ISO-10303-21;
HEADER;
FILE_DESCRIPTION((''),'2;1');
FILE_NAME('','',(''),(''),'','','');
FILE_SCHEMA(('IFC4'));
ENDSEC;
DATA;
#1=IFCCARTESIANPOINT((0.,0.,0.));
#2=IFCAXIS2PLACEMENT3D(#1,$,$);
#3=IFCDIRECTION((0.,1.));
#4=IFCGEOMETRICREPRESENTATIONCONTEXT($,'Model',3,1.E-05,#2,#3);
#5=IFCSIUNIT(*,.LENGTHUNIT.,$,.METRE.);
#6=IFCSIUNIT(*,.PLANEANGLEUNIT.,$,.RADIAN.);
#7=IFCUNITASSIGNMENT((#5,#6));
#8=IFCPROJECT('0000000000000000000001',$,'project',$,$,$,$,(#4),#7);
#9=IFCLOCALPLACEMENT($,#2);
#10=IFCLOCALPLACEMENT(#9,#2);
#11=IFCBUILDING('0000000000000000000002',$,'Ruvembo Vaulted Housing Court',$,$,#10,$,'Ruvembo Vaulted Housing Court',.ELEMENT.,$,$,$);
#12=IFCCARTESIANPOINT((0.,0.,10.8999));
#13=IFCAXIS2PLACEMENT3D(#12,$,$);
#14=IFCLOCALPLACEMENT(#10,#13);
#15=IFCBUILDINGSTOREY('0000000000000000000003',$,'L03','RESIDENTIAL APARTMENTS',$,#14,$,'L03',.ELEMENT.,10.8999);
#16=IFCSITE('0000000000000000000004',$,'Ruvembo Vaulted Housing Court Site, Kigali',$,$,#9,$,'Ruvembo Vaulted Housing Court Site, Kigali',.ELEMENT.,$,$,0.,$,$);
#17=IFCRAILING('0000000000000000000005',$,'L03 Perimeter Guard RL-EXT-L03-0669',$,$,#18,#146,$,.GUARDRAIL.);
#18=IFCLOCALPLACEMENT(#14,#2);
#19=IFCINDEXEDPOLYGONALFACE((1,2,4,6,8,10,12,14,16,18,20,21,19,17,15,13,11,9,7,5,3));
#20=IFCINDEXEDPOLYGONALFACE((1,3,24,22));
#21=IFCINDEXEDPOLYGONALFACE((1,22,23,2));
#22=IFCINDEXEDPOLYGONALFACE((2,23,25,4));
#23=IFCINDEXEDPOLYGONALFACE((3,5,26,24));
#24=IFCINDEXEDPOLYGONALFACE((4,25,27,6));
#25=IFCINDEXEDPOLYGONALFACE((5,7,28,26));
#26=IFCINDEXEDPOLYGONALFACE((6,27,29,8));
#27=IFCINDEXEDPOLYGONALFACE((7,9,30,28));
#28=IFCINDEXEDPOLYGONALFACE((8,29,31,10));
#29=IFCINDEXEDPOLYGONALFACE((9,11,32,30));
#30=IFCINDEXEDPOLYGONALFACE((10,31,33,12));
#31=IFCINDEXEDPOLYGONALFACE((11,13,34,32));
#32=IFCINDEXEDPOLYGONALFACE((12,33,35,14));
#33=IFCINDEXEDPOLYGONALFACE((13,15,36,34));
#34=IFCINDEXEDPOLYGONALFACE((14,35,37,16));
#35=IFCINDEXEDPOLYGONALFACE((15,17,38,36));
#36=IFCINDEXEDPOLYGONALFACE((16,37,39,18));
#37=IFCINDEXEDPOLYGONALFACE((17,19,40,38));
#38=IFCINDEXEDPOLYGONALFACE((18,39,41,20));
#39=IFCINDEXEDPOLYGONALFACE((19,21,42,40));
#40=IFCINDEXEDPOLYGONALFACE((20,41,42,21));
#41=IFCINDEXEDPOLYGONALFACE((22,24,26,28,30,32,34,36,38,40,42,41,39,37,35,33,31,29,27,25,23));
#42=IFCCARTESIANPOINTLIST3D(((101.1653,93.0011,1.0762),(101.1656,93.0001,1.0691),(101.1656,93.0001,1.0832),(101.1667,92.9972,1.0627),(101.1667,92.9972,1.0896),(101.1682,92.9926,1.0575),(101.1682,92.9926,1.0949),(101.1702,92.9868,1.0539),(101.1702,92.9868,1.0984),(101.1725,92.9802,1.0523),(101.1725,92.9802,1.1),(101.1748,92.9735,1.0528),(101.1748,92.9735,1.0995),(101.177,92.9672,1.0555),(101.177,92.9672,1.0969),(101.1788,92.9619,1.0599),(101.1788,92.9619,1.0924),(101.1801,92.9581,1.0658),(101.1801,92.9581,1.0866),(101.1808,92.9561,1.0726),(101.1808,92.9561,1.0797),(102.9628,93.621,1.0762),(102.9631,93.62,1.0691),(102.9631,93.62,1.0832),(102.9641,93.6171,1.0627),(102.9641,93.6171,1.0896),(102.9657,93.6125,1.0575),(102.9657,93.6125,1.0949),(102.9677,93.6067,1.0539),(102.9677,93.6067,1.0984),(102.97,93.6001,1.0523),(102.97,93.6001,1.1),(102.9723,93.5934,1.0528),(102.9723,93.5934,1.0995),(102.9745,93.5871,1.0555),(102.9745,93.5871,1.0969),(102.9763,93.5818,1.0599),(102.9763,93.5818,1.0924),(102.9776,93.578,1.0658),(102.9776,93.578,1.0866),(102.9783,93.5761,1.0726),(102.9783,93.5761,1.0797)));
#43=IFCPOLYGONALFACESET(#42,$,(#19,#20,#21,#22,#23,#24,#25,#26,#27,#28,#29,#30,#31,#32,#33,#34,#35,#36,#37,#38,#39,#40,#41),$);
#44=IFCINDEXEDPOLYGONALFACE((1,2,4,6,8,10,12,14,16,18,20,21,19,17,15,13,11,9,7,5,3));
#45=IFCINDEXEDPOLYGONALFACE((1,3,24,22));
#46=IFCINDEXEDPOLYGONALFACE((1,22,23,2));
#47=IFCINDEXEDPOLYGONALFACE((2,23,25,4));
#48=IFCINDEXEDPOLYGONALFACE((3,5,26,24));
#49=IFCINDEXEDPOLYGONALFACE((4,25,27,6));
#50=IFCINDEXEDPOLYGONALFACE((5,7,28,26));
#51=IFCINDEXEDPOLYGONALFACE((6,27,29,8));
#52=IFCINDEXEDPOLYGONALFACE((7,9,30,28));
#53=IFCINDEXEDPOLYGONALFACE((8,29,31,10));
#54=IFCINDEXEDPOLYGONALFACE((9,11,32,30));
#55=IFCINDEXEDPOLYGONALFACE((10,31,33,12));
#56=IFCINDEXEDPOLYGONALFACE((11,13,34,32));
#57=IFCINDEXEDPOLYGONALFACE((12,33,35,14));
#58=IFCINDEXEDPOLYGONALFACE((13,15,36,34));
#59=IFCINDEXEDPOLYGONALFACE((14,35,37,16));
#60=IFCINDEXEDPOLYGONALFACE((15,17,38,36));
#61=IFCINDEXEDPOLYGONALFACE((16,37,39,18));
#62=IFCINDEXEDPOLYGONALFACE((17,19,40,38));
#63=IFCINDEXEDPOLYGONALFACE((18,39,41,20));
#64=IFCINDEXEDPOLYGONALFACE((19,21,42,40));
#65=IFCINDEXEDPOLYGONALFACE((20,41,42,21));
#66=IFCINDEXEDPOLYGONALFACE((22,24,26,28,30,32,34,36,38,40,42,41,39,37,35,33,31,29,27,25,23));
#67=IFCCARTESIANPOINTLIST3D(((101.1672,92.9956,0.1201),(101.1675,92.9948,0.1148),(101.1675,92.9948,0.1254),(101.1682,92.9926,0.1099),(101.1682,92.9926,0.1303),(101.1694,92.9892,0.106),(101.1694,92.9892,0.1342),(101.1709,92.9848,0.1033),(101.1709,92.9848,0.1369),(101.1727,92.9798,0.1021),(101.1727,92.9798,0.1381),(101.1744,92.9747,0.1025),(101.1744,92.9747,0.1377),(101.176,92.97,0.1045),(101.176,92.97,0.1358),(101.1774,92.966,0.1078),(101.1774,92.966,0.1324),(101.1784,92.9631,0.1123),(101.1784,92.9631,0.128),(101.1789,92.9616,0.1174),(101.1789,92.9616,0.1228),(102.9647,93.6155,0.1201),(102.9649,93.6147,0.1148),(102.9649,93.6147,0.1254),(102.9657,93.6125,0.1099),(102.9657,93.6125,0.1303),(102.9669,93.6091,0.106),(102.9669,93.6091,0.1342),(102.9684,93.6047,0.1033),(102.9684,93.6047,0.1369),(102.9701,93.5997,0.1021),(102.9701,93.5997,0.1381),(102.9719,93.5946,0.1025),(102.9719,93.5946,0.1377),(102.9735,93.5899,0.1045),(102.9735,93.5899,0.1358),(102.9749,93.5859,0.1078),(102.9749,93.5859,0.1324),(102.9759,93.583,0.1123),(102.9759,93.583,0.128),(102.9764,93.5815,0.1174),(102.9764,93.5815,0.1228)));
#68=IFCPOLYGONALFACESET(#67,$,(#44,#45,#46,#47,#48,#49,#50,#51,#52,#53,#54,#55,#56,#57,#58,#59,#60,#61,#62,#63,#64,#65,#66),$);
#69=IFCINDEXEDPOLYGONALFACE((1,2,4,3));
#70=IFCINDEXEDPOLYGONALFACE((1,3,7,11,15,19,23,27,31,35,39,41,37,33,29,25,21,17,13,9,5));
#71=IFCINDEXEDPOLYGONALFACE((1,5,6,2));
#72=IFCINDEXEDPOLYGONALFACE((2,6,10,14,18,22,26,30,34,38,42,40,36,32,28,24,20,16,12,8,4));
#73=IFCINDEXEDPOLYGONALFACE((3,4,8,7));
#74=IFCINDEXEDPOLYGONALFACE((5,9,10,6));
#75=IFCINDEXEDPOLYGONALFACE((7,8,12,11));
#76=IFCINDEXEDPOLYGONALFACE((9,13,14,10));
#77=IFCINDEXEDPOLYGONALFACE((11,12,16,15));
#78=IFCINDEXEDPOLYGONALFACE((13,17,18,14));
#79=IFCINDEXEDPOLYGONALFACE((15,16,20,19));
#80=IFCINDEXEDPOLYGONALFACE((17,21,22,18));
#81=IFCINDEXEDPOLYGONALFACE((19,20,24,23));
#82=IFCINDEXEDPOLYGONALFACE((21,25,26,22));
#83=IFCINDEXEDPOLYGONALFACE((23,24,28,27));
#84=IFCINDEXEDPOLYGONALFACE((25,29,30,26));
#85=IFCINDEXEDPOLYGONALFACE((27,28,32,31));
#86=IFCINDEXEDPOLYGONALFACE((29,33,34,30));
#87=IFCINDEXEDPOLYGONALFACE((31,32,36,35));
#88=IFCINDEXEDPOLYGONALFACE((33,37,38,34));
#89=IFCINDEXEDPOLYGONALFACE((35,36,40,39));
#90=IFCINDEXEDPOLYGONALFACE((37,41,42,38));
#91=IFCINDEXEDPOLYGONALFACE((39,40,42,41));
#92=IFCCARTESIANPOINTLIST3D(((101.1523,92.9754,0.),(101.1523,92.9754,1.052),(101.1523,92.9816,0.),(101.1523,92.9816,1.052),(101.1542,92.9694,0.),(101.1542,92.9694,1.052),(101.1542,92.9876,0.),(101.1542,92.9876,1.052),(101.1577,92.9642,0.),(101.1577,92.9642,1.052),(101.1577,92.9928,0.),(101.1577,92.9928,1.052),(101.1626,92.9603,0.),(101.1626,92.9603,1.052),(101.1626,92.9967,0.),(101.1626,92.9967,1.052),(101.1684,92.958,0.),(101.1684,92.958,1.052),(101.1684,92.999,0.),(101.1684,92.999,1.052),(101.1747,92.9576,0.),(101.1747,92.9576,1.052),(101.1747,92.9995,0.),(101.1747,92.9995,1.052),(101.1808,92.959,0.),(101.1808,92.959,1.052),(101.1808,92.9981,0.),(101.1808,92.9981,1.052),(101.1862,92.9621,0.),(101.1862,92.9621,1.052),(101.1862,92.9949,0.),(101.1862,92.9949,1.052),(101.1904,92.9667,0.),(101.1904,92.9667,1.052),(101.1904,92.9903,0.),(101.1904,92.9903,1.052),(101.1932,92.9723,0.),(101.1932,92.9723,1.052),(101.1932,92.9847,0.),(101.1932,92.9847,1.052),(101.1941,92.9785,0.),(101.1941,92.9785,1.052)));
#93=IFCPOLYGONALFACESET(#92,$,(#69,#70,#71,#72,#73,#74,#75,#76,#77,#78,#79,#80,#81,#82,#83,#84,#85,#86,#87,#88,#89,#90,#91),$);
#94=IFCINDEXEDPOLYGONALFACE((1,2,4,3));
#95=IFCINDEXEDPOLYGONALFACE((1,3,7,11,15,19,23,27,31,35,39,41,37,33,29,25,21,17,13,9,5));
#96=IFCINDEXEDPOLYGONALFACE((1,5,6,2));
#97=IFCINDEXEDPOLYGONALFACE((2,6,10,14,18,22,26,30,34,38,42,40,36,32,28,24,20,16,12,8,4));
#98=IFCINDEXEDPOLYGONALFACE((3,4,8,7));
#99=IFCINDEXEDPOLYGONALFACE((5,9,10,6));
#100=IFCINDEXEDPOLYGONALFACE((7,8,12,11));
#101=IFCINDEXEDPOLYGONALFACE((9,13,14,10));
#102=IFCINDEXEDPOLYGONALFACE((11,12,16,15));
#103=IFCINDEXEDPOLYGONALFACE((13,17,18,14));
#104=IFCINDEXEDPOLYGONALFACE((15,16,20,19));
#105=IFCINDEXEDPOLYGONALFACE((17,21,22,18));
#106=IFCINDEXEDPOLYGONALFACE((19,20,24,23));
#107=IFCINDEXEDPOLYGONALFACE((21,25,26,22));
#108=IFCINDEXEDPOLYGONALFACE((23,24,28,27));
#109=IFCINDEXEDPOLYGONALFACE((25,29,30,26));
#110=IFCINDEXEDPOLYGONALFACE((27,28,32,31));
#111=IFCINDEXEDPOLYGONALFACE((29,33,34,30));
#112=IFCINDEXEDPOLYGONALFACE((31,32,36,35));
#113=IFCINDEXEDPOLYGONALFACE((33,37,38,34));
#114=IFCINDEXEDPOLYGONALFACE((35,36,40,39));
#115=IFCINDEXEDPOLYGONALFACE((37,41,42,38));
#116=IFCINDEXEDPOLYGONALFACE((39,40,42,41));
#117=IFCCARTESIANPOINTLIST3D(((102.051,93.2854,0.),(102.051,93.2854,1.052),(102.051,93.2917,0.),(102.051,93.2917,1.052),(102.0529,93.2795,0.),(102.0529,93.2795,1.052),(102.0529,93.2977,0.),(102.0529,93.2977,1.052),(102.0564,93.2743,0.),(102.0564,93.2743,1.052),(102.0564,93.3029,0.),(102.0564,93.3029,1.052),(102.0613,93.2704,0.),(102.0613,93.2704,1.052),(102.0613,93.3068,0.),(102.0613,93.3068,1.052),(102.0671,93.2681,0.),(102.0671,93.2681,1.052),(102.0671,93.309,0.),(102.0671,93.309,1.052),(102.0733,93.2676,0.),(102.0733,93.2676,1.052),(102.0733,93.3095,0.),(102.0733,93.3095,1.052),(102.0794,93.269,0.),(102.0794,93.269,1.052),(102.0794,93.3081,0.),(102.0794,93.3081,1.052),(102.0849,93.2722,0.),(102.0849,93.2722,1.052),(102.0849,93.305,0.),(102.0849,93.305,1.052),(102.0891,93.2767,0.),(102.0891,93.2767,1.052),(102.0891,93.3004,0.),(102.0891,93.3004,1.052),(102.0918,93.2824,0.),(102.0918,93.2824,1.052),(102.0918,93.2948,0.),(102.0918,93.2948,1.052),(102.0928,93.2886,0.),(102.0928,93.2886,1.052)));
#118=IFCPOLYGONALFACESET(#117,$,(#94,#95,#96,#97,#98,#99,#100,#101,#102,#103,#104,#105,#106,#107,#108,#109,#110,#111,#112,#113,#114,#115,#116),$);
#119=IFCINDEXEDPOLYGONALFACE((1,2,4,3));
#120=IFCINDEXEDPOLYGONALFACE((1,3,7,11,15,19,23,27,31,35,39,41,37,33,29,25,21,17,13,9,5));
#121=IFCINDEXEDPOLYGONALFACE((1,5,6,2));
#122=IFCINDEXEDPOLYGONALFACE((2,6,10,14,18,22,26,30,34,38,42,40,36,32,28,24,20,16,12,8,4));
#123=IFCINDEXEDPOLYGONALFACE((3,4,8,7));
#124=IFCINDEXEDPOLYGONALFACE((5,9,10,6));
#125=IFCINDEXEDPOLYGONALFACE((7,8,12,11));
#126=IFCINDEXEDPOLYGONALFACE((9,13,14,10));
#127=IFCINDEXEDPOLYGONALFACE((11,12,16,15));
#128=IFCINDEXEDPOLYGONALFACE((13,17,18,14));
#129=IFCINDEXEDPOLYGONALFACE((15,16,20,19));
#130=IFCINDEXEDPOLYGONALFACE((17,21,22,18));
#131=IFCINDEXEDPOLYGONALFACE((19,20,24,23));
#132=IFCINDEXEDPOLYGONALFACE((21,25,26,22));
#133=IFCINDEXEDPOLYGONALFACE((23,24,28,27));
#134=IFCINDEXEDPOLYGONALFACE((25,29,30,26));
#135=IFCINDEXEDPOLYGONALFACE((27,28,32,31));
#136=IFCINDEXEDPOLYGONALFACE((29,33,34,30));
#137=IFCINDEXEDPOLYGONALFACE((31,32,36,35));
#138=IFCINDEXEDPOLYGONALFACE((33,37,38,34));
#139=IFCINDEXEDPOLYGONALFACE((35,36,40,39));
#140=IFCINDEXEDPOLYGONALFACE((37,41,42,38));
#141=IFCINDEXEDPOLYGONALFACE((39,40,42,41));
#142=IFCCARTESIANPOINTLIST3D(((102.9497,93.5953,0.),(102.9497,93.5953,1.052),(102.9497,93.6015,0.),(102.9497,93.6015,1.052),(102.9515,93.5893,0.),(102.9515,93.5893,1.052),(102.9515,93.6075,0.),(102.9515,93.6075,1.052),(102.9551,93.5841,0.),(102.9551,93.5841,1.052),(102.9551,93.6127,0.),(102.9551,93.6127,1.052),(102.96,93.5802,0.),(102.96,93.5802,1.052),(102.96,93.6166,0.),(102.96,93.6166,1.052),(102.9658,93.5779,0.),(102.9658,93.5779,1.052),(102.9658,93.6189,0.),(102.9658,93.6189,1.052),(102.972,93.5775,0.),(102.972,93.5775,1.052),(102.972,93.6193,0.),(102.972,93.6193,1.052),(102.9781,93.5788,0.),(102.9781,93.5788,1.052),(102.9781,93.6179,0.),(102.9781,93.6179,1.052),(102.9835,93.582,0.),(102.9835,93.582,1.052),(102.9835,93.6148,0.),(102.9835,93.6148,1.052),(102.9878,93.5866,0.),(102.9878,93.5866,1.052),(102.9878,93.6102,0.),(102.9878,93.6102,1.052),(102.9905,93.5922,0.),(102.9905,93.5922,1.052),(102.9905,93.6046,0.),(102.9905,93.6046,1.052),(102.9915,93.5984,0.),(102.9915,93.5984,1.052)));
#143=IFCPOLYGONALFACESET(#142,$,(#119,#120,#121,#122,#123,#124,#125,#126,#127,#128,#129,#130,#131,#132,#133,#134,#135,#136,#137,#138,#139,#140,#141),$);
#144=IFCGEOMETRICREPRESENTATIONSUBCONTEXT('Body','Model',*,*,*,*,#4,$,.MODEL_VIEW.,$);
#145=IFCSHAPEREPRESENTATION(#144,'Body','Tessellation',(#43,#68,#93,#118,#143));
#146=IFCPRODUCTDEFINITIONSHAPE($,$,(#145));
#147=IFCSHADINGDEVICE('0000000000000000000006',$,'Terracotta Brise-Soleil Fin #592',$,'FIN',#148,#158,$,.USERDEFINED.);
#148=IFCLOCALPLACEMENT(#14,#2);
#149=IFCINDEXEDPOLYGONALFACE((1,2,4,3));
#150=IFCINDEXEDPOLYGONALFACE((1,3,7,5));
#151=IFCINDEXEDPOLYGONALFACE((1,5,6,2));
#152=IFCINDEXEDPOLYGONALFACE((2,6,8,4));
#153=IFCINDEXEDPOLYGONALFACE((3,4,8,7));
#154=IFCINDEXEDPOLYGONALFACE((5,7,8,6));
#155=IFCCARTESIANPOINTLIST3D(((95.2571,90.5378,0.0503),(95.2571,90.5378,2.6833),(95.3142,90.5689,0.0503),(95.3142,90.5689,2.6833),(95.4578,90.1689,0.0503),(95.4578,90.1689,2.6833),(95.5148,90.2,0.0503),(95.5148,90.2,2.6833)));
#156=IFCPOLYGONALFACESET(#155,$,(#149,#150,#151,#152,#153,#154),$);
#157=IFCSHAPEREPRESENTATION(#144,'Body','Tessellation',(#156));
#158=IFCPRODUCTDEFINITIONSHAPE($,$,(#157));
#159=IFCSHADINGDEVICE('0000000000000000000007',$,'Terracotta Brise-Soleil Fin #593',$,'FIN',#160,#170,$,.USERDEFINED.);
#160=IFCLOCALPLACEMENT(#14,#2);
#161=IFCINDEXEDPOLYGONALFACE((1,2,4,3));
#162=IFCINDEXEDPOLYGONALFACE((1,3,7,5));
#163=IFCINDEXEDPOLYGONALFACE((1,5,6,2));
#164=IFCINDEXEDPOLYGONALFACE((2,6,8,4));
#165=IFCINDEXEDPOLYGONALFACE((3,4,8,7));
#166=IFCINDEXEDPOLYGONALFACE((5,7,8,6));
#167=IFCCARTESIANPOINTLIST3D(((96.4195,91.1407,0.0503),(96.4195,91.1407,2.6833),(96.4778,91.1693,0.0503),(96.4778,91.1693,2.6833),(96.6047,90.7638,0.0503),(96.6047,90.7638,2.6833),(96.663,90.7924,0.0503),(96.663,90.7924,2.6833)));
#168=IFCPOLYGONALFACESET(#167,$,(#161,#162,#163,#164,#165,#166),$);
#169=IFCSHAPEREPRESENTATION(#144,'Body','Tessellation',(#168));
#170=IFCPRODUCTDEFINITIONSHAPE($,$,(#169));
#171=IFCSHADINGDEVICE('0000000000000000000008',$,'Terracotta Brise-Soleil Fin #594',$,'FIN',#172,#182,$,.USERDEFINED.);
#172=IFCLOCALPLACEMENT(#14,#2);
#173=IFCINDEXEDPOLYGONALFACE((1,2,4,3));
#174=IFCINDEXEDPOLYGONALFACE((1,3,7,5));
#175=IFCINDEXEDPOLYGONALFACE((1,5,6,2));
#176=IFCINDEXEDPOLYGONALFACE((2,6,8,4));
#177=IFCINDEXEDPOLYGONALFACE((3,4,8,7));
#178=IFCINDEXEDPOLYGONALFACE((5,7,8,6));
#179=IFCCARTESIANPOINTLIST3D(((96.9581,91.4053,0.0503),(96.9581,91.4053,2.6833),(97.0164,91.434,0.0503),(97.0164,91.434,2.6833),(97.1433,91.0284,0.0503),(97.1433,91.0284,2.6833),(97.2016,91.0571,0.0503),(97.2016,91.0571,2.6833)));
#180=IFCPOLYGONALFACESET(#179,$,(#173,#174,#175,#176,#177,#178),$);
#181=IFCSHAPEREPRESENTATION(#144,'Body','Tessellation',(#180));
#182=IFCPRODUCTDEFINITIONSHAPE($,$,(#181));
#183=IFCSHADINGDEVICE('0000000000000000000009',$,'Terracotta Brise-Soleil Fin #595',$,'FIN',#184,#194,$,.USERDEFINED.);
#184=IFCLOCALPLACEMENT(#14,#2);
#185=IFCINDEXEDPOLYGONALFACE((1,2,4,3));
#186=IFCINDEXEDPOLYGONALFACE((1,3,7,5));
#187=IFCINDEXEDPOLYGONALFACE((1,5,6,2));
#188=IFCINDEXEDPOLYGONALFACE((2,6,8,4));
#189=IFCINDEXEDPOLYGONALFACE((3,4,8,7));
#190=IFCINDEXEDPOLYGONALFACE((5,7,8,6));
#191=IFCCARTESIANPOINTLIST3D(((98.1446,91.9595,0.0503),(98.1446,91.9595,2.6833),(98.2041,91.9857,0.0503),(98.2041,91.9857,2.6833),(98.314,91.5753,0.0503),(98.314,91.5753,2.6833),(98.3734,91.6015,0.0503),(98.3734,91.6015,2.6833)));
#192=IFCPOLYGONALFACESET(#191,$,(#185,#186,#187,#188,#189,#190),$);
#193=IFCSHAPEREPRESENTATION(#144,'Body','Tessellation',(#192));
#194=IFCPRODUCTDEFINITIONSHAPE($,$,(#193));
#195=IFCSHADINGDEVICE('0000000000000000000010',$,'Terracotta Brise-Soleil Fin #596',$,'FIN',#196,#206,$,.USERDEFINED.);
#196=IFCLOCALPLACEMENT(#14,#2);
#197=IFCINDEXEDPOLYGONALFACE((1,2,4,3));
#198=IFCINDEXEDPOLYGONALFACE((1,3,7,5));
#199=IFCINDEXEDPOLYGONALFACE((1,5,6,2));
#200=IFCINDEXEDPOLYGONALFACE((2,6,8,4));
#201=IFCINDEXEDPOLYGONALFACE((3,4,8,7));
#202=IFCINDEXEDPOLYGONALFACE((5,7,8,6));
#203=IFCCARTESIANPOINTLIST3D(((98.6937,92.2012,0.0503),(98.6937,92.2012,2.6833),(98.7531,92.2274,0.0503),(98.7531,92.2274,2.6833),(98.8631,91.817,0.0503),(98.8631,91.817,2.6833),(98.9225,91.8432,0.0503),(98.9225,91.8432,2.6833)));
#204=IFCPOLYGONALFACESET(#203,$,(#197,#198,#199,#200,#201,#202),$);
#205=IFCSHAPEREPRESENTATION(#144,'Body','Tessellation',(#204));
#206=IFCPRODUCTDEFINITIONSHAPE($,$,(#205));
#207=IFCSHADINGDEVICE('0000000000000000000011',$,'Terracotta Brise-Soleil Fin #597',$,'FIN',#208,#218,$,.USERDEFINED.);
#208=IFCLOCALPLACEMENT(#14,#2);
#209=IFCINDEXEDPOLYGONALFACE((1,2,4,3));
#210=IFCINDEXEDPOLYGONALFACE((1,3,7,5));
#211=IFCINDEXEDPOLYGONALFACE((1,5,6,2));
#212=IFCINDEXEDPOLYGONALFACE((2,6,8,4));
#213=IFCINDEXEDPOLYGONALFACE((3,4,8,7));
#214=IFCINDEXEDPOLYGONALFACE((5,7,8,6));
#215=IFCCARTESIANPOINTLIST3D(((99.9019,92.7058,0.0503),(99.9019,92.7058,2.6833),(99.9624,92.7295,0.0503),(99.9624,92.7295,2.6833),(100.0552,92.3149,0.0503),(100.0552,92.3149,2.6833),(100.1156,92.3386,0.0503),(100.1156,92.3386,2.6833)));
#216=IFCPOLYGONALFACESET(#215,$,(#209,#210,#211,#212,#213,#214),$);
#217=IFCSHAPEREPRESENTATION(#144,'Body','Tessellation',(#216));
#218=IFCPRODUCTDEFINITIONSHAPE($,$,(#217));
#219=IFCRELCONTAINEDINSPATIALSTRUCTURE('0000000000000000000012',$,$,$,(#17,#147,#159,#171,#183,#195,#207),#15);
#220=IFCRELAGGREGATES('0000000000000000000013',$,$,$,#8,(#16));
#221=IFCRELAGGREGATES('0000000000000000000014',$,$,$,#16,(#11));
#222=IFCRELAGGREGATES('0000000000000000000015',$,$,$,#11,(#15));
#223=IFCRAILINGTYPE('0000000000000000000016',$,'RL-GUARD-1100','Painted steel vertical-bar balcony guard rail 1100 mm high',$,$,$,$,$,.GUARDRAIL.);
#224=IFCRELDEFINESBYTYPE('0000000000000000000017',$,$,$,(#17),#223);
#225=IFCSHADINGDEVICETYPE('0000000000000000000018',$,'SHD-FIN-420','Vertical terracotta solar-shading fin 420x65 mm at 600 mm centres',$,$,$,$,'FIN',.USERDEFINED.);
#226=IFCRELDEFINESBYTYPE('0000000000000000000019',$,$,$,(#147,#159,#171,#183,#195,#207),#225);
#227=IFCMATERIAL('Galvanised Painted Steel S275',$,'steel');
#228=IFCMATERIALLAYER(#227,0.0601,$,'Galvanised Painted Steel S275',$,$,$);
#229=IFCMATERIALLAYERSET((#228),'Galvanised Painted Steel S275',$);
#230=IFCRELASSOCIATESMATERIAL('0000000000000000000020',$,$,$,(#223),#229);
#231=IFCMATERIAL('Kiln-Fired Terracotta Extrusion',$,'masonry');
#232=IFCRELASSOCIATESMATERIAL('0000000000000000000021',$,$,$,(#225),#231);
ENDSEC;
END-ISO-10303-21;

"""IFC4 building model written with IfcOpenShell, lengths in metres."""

from ifc_helpers import new_model, si_unit, direction, frame, origin, origin_2d, place, context, subcontext, project, spatial, rectangle, circle, extrude, material, layer, layer_set, type_object, element, save


model = new_model("IFC4")

# Units and contexts
model_context = context("Model", 3, precision=1e-05, world=origin(), true_north=direction((0.0, 1.0)))
body_context = subcontext(model_context, "Body", "Model", "MODEL_VIEW")
ifc_project = project(units=[si_unit("LENGTHUNIT", "METRE"), si_unit("PLANEANGLEUNIT", "RADIAN")], contexts=[model_context])

# Site, building, storey
site_placement = place(None, origin())
site = spatial("IfcSite", under=ifc_project, at=site_placement, Name="Ruvembo Vaulted Housing Court Site, Kigali", LongName="Ruvembo Vaulted Housing Court Site, Kigali", CompositionType="ELEMENT", RefElevation=0.0)
building_placement = place(site_placement, origin())
building = spatial("IfcBuilding", under=site, at=building_placement, Name="Ruvembo Vaulted Housing Court", LongName="Ruvembo Vaulted Housing Court", CompositionType="ELEMENT")
storey_placement = place(building_placement, frame((0.0, 0.0, 10.8999)))
storey = spatial("IfcBuildingStorey", under=building, at=storey_placement, Name="L03", Description="RESIDENTIAL APARTMENTS", LongName="L03", CompositionType="ELEMENT", Elevation=10.8999)

# Railing
ifc_material_1 = material(Name="Galvanised Painted Steel S275", Category="steel")
ifc_layer_1 = layer(ifc_material_1, 0.0601, Name="Galvanised Painted Steel S275")
ifc_layer_set_1 = layer_set([ifc_layer_1], Name="Galvanised Painted Steel S275")
railing_type = type_object("IfcRailingType", Name="RL-GUARD-1100", Description="Painted steel vertical-bar balcony guard rail 1100 mm high", PredefinedType="GUARDRAIL", material=ifc_layer_set_1)
railing_1_placement = place(storey_placement, frame((101.1731, 92.9785, 0.0)))
element("IfcRailing", 1, at=railing_1_placement, inside=storey, type_object=railing_type, Name="L03 Perimeter Guard RL-EXT-L03-0669", PredefinedType="GUARDRAIL", context=body_context, shape_type="SweptSolid", body=[
    extrude(circle(Radius=0.0239, at=origin_2d()), frame((0.0, 0.0, 1.0762), z_axis=(0.945358, 0.326034, 0.0), x_axis=(-0.326034, 0.945358, 0.0)), (0.0, 0.0, 1.0), 1.9014),
    extrude(circle(Radius=0.0181, at=origin_2d()), frame((0.0, 0.0, 0.1201), z_axis=(0.945358, 0.326034, 0.0), x_axis=(-0.326034, 0.945358, 0.0)), (0.0, 0.0, 1.0), 1.9014),
    extrude(circle(Radius=0.021, at=origin_2d()), origin(), (0.0, 0.0, 1.0), 1.052),
    extrude(circle(Radius=0.021, at=origin_2d()), frame((0.8987, 0.3101, 0.0)), (0.0, 0.0, 1.0), 1.052),
    extrude(circle(Radius=0.021, at=origin_2d()), frame((1.7974, 0.6199, 0.0)), (0.0, 0.0, 1.0), 1.052),
])

# Shading devices
ifc_material_2 = material(Name="Kiln-Fired Terracotta Extrusion", Category="masonry")
shading_device_type = type_object("IfcShadingDeviceType", Name="SHD-FIN-420", Description="Vertical terracotta solar-shading fin 420x65 mm at 600 mm centres", ElementType="FIN", PredefinedType="USERDEFINED", material=ifc_material_2)
for number, where, z_axis, x_axis, name in (
    (2, (95.386, 90.3689, 0.0503), (0.0, 0.0, 1.0), (0.477788, -0.878475, 0.0), "Terracotta Brise-Soleil Fin #592"),
    (3, (96.5413, 90.9666, 0.0503), (0.0, 0.0, 1.0), (0.440911, -0.897551, 0.0), "Terracotta Brise-Soleil Fin #593"),
    (4, (97.0798, 91.2312, 0.0503), (0.0, 0.0, 1.0), (0.440911, -0.897551, 0.0), "Terracotta Brise-Soleil Fin #594"),
    (5, (98.259, 91.7805, 0.0503), (0.0, 0.0, 1.0), (0.403306, -0.915065, 0.0), "Terracotta Brise-Soleil Fin #595"),
    (6, (98.8081, 92.0222, 0.0503), (0.0, 0.0, 1.0), (0.403306, -0.915065, 0.0), "Terracotta Brise-Soleil Fin #596"),
    (7, (100.0088, 92.5222, 0.0503), (0.0, 0.0, 1.0), (0.364958, -0.931024, 0.0), "Terracotta Brise-Soleil Fin #597"),
):
    element("IfcShadingDevice", number, at=place(storey_placement, frame(where, z_axis=z_axis, x_axis=x_axis)), inside=storey, type_object=shading_device_type, Name=name, ObjectType="FIN", PredefinedType="USERDEFINED", context=body_context, shape_type="SweptSolid", body=[
        extrude(rectangle(XDim=0.4199, YDim=0.0649, at=origin_2d()), origin(), (0.0, 0.0, 1.0), 2.6331),
    ])

save(model, "model.ifc")
